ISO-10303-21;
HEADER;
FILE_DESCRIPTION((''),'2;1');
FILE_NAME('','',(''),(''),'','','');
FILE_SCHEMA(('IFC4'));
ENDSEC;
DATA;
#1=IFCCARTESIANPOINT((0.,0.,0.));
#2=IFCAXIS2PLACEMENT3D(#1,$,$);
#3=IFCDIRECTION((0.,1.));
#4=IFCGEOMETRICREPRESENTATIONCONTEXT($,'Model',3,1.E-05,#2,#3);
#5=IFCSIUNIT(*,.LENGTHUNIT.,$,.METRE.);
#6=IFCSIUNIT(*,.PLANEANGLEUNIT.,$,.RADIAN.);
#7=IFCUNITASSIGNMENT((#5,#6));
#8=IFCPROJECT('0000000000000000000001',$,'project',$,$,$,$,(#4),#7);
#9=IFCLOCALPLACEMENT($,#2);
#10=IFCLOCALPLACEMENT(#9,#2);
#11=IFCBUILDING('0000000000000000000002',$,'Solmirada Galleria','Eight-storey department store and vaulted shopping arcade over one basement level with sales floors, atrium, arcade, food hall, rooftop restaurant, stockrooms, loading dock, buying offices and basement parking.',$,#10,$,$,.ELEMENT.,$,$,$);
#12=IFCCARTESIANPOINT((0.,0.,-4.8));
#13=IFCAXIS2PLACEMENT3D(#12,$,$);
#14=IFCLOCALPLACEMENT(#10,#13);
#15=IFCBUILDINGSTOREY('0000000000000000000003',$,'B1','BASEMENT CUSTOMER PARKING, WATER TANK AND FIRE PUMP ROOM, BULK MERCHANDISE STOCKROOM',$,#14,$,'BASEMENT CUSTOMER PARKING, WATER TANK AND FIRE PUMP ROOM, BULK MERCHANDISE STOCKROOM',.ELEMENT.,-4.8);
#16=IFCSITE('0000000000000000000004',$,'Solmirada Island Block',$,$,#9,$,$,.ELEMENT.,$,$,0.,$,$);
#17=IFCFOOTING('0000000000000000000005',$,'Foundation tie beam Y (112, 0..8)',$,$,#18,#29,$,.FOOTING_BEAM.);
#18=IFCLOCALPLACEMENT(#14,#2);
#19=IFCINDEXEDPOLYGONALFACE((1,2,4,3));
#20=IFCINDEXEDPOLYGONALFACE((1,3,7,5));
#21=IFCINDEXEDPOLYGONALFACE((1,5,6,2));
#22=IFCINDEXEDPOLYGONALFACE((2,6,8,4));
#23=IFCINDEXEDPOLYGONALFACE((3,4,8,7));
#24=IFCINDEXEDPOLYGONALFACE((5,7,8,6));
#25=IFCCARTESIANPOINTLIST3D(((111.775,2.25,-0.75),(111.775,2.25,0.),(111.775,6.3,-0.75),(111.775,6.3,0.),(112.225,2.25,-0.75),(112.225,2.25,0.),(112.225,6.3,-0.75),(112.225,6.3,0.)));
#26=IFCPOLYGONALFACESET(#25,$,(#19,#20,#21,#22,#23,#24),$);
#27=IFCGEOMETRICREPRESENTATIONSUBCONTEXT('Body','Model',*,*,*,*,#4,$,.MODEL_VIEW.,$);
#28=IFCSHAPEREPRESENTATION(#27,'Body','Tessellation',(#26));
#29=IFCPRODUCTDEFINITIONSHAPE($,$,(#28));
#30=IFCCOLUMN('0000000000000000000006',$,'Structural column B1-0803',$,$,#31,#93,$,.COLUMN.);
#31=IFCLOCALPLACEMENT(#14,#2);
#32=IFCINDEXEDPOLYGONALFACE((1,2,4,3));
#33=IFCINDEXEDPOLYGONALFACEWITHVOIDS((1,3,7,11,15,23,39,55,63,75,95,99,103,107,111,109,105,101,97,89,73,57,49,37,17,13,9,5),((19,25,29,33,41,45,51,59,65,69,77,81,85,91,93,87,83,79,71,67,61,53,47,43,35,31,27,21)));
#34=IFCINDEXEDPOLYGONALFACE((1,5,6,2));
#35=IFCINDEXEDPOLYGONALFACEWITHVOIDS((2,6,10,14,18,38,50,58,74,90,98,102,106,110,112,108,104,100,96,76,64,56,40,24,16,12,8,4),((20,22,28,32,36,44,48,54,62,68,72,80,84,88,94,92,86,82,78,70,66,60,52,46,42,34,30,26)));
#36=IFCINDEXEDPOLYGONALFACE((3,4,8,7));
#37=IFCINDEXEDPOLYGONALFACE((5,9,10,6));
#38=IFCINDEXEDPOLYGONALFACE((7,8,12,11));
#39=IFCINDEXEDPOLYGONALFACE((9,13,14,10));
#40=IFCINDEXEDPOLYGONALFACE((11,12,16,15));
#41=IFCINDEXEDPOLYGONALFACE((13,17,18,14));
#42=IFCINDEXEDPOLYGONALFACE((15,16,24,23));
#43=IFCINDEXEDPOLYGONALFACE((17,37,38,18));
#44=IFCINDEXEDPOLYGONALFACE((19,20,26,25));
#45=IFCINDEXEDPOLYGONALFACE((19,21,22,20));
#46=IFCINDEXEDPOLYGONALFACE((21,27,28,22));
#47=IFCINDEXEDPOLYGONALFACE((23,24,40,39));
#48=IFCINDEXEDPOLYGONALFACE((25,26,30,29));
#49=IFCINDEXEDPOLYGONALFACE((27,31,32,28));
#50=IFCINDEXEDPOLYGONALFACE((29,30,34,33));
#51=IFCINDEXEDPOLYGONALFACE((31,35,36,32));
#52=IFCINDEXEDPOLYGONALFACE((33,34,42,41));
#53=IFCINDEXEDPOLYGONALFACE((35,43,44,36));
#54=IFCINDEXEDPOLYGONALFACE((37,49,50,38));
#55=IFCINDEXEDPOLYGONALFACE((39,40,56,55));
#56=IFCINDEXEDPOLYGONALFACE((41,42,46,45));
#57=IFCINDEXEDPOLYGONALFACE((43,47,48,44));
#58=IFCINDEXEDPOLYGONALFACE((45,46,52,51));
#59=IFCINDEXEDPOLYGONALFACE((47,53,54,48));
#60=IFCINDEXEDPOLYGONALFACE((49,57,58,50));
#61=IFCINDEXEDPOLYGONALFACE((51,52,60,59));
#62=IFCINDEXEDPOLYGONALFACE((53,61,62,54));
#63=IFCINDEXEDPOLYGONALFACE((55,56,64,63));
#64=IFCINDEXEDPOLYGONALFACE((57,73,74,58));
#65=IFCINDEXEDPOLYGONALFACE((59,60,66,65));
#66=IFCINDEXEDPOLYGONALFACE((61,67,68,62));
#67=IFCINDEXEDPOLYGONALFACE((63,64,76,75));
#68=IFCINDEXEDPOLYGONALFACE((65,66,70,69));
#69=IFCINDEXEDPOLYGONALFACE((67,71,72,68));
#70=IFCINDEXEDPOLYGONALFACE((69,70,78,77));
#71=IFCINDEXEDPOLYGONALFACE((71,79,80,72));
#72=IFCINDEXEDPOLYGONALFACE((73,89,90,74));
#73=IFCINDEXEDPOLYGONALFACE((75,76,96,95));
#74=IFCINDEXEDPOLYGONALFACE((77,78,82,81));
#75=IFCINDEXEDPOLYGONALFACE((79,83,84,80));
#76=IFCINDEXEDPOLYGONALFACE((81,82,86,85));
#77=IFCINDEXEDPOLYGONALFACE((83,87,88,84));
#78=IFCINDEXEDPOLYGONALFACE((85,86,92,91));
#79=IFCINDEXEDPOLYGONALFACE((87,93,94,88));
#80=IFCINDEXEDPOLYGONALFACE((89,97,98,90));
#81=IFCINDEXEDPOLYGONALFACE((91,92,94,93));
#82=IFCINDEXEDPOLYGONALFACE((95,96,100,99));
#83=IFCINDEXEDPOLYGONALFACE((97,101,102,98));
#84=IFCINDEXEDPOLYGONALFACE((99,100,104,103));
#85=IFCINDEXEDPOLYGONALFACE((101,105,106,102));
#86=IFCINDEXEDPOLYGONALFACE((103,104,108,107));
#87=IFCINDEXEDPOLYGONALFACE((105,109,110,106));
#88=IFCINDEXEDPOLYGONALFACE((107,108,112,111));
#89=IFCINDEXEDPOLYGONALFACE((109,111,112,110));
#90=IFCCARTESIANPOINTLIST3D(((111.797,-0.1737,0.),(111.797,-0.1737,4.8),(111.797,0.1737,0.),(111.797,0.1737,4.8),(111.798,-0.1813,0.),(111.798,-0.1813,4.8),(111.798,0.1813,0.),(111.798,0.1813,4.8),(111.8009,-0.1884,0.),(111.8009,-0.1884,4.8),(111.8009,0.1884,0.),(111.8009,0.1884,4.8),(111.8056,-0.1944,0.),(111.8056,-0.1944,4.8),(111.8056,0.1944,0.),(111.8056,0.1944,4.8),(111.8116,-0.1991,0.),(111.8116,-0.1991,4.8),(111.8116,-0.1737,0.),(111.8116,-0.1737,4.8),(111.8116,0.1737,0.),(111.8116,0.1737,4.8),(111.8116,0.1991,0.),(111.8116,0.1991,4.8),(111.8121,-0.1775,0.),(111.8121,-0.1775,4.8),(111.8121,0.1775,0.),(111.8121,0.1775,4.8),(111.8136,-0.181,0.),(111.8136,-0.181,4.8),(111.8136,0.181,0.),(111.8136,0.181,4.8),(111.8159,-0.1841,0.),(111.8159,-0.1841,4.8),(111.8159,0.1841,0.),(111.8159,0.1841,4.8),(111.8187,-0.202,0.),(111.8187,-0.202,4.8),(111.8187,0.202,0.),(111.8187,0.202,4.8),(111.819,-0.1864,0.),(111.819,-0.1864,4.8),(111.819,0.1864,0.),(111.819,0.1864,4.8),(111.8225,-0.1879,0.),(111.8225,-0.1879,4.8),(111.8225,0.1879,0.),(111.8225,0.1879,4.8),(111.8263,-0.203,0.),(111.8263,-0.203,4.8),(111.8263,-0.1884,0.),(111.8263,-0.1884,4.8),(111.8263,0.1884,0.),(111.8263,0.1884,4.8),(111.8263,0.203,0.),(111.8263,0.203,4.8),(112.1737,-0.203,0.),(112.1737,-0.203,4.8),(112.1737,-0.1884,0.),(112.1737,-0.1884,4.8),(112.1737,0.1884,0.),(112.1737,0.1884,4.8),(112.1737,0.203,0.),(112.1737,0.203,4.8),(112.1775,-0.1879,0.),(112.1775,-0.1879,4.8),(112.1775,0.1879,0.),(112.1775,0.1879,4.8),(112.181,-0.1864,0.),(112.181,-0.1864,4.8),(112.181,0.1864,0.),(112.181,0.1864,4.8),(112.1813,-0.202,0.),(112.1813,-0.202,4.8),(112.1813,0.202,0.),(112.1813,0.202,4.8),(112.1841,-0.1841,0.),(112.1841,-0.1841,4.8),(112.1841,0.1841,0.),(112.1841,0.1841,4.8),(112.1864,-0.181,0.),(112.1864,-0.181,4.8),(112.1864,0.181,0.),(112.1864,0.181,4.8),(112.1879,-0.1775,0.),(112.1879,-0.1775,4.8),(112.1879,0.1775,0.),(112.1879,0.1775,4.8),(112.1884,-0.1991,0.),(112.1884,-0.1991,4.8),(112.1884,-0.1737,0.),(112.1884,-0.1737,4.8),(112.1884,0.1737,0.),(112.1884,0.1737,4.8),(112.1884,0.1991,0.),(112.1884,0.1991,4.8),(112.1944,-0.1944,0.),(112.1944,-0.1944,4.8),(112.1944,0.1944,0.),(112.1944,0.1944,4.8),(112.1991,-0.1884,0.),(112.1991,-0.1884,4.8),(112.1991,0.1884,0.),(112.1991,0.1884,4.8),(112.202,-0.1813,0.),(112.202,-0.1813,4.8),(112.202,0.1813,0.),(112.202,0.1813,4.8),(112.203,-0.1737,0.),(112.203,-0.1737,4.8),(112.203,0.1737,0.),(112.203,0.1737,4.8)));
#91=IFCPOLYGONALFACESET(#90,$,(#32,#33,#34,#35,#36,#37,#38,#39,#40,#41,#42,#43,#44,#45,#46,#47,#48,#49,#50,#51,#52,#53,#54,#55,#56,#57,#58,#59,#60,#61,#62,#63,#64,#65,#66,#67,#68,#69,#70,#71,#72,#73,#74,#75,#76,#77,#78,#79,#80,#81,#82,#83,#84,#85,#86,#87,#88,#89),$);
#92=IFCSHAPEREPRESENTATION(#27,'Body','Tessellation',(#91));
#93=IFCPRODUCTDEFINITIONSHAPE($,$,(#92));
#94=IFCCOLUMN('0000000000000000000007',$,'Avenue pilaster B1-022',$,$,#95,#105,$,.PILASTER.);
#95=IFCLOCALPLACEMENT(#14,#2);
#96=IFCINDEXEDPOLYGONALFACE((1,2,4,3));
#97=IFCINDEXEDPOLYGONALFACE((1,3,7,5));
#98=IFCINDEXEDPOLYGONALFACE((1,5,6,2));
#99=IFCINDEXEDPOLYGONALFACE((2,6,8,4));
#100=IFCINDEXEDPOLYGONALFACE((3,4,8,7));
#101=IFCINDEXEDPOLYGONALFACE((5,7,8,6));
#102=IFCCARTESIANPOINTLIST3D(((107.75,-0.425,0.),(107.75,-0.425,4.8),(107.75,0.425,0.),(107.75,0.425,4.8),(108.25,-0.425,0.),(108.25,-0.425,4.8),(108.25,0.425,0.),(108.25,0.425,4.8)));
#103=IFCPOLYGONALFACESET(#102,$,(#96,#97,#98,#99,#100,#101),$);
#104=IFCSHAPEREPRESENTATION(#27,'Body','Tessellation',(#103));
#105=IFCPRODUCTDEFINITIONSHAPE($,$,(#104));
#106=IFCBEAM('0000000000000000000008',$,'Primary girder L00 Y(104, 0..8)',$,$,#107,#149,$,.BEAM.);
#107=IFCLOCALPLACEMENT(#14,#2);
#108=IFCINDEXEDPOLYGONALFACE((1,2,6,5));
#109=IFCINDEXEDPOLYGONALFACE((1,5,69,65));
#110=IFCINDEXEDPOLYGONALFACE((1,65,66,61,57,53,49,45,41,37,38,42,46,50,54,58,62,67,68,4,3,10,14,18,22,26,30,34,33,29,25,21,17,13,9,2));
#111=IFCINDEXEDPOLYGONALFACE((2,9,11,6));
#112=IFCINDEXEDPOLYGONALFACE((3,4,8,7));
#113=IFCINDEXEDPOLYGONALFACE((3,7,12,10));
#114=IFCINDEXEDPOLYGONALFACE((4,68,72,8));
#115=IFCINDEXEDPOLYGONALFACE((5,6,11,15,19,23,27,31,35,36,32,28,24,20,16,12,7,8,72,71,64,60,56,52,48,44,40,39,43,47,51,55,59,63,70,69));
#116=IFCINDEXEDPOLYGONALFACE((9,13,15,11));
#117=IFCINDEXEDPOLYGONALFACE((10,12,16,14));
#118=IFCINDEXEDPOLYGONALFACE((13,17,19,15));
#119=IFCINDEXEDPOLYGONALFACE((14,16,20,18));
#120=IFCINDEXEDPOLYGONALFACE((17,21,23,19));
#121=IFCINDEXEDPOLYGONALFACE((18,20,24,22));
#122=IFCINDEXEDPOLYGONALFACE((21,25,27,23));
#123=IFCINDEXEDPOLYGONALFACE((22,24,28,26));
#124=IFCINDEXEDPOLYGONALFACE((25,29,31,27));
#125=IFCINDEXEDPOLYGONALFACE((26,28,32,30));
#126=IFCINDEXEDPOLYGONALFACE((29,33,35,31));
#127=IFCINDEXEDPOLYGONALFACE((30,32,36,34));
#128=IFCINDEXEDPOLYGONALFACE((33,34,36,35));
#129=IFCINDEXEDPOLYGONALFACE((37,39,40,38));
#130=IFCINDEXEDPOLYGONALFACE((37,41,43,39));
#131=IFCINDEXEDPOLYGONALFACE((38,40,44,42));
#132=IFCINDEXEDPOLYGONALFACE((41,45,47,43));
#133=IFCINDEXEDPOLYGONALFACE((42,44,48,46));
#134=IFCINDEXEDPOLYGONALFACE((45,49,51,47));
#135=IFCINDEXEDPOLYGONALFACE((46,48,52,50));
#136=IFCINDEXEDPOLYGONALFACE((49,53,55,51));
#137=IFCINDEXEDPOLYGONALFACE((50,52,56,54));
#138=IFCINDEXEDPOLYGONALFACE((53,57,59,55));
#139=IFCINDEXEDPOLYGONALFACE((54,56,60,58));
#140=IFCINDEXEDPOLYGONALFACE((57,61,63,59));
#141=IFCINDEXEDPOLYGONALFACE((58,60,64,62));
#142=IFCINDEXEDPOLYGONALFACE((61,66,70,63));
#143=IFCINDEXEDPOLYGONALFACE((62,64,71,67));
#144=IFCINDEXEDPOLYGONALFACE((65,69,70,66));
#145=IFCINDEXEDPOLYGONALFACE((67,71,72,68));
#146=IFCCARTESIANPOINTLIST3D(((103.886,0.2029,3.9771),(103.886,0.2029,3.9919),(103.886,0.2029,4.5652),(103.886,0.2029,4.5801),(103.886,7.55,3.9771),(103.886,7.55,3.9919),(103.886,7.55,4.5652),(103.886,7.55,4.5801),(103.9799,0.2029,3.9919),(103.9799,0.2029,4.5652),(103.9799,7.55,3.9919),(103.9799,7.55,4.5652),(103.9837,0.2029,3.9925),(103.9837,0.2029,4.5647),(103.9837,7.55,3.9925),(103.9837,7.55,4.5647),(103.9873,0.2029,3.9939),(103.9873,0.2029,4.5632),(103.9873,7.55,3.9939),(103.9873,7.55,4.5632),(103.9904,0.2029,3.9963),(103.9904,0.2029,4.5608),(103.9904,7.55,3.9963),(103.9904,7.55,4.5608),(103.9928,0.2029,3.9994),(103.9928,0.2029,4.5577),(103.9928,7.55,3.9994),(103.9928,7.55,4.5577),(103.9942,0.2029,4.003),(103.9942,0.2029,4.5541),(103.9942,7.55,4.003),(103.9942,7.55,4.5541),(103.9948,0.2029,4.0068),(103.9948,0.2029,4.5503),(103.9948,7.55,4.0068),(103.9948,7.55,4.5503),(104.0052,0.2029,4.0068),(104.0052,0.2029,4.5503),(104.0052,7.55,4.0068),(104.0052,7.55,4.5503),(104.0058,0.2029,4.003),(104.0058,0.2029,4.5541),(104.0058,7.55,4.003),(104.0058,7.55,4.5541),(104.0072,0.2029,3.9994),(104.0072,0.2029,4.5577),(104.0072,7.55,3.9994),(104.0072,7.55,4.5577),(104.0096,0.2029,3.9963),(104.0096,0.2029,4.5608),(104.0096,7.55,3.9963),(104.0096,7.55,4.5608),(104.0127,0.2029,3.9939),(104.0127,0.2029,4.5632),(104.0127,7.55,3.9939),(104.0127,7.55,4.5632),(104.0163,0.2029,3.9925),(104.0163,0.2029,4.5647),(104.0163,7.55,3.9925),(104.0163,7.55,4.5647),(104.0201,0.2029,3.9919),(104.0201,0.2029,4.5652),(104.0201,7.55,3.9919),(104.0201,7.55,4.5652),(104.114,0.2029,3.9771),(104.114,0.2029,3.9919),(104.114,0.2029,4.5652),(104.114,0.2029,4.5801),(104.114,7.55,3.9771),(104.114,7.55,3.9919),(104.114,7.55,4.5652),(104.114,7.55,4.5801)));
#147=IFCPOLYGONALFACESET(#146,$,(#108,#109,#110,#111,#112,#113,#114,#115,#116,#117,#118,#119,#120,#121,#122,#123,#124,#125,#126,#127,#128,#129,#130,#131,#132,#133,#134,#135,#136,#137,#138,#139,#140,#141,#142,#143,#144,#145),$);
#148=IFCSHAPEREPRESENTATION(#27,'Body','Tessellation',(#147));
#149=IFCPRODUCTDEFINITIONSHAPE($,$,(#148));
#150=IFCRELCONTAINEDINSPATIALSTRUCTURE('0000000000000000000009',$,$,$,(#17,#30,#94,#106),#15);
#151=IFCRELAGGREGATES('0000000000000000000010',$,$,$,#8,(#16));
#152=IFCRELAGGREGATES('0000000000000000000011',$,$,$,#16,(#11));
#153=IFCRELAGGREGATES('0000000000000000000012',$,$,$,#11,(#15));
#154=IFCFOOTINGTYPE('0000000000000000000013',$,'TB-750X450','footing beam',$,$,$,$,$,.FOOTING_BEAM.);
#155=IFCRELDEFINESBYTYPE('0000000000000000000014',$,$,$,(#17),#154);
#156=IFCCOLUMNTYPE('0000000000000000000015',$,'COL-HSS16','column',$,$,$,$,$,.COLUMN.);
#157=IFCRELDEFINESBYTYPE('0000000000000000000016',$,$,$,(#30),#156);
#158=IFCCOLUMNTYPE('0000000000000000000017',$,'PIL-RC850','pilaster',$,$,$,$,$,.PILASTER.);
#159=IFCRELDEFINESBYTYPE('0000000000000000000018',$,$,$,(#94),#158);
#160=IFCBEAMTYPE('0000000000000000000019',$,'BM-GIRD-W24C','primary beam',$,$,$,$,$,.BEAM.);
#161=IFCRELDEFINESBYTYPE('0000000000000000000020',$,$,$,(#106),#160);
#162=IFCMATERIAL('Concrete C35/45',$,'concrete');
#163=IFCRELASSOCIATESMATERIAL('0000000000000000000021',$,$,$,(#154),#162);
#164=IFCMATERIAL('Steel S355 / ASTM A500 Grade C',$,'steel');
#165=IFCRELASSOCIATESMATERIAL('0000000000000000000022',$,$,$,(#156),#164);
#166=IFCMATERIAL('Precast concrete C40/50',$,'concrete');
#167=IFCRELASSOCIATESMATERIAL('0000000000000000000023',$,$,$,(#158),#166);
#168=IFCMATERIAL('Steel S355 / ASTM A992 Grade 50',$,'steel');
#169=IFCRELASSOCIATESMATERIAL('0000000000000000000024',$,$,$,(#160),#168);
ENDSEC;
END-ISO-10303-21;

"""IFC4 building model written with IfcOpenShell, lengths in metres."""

from ifc_helpers import new_model, si_unit, direction, frame, origin, origin_2d, place, context, subcontext, project, spatial, rectangle, hollow_rectangle, i_section, extrude, material, material_profile, profile_set, type_object, element, save


model = new_model("IFC4")

# Units and contexts
model_context = context("Model", 3, precision=1e-05, world=origin(), true_north=direction((0.0, 1.0)))
body_context = subcontext(model_context, "Body", "Model", "MODEL_VIEW")
ifc_project = project(units=[si_unit("LENGTHUNIT", "METRE"), si_unit("PLANEANGLEUNIT", "RADIAN")], contexts=[model_context])

# Site, building, storey
site_placement = place(None, origin())
site = spatial("IfcSite", under=ifc_project, at=site_placement, Name="Solmirada Island Block", CompositionType="ELEMENT", RefElevation=0.0)
building_placement = place(site_placement, origin())
building = spatial("IfcBuilding", under=site, at=building_placement, Name="Solmirada Galleria", Description="Eight-storey department store and vaulted shopping arcade over one basement level with sales floors, atrium, arcade, food hall, rooftop restaurant, stockrooms, loading dock, buying offices and basement parking.", CompositionType="ELEMENT")
storey_placement = place(building_placement, frame((0.0, 0.0, -4.8)))
storey = spatial("IfcBuildingStorey", under=building, at=storey_placement, Name="B1", Description="BASEMENT CUSTOMER PARKING, WATER TANK AND FIRE PUMP ROOM, BULK MERCHANDISE STOCKROOM", LongName="BASEMENT CUSTOMER PARKING, WATER TANK AND FIRE PUMP ROOM, BULK MERCHANDISE STOCKROOM", CompositionType="ELEMENT", Elevation=-4.8)

# Shared definitions
ifc_material_1 = material(Name="Concrete C35/45", Category="concrete")

# Footing
ifc_material_profile_1 = material_profile(ifc_material_1, rectangle(XDim=0.45, YDim=0.75, at=origin_2d()), Name="RC750X450")
ifc_profile_set_1 = profile_set([ifc_material_profile_1], Name="Concrete C35/45")
footing_type_1 = type_object("IfcFootingType", Name="TB-750X450", Description="footing beam", PredefinedType="FOOTING_BEAM", material=ifc_profile_set_1)
footing_1_placement = place(storey_placement, frame((112.0, 2.25, -0.375), z_axis=(0.0, 1.0, 0.0), x_axis=(-1.0, 0.0, 0.0)))
element("IfcFooting", 1, at=footing_1_placement, inside=storey, type_object=footing_type_1, Name="Foundation tie beam Y (112, 0..8)", PredefinedType="FOOTING_BEAM", context=body_context, shape_type="SweptSolid", body=[
    extrude(rectangle(XDim=0.45, YDim=0.75, at=origin_2d()), origin(), (0.0, 0.0, 1.0), 4.05),
])

# Columns
ifc_material_2 = material(Name="Steel S355 / ASTM A500 Grade C", Category="steel")
ifc_material_profile_2 = material_profile(ifc_material_2, hollow_rectangle(XDim=0.406, YDim=0.406, WallThickness=0.0146, InnerFilletRadius=0.0146, OuterFilletRadius=0.0293, at=origin_2d()), Name="HSS16X16X5/8")
ifc_profile_set_2 = profile_set([ifc_material_profile_2], Name="Steel S355 / ASTM A500 Grade C")
column_type_1 = type_object("IfcColumnType", Name="COL-HSS16", Description="column", PredefinedType="COLUMN", material=ifc_profile_set_2)
column_1_placement = place(storey_placement, frame((112.0, 0.0, 0.0), z_axis=(0.0, 0.0, 1.0), x_axis=(1.0, 0.0, 0.0)))
element("IfcColumn", 2, at=column_1_placement, inside=storey, type_object=column_type_1, Name="Structural column B1-0803", PredefinedType="COLUMN", context=body_context, shape_type="SweptSolid", body=[
    extrude(hollow_rectangle(XDim=0.406, YDim=0.406, WallThickness=0.0146, InnerFilletRadius=0.0146, OuterFilletRadius=0.0293, at=origin_2d()), origin(), (0.0, 0.0, 1.0), 4.8),
])
ifc_material_3 = material(Name="Precast concrete C40/50", Category="concrete")
ifc_material_profile_3 = material_profile(ifc_material_3, rectangle(XDim=0.5, YDim=0.8501, at=origin_2d()), Name="RC850X500")
ifc_profile_set_3 = profile_set([ifc_material_profile_3], Name="Precast concrete C40/50")
column_type_2 = type_object("IfcColumnType", Name="PIL-RC850", Description="pilaster", PredefinedType="PILASTER", material=ifc_profile_set_3)
column_2_placement = place(storey_placement, frame((108.0, 0.0, 0.0), z_axis=(0.0, 0.0, 1.0), x_axis=(1.0, 0.0, 0.0)))
element("IfcColumn", 3, at=column_2_placement, inside=storey, type_object=column_type_2, Name="Avenue pilaster B1-022", PredefinedType="PILASTER", context=body_context, shape_type="SweptSolid", body=[
    extrude(rectangle(XDim=0.5, YDim=0.8501, at=origin_2d()), origin(), (0.0, 0.0, 1.0), 4.8),
])

# Beam
ifc_material_4 = material(Name="Steel S355 / ASTM A992 Grade 50", Category="steel")
ifc_material_profile_4 = material_profile(ifc_material_4, i_section(OverallWidth=0.228, OverallDepth=0.603, WebThickness=0.0105, FlangeThickness=0.0149, FilletRadius=0.0149, at=origin_2d()), Name="W24X68")
ifc_profile_set_4 = profile_set([ifc_material_profile_4], Name="Steel S355 / ASTM A992 Grade 50")
beam_type_1 = type_object("IfcBeamType", Name="BM-GIRD-W24C", Description="primary beam", PredefinedType="BEAM", material=ifc_profile_set_4)
beam_1_placement = place(storey_placement, frame((104.0, 0.2029, 4.2786), z_axis=(0.0, 1.0, 0.0), x_axis=(-1.0, 0.0, 0.0)))
element("IfcBeam", 4, at=beam_1_placement, inside=storey, type_object=beam_type_1, Name="Primary girder L00 Y(104, 0..8)", PredefinedType="BEAM", context=body_context, shape_type="SweptSolid", body=[
    extrude(i_section(OverallWidth=0.228, OverallDepth=0.603, WebThickness=0.0105, FlangeThickness=0.0149, FilletRadius=0.0149, at=origin_2d()), origin(), (0.0, 0.0, 1.0), 7.3472),
])

save(model, "model.ifc")
